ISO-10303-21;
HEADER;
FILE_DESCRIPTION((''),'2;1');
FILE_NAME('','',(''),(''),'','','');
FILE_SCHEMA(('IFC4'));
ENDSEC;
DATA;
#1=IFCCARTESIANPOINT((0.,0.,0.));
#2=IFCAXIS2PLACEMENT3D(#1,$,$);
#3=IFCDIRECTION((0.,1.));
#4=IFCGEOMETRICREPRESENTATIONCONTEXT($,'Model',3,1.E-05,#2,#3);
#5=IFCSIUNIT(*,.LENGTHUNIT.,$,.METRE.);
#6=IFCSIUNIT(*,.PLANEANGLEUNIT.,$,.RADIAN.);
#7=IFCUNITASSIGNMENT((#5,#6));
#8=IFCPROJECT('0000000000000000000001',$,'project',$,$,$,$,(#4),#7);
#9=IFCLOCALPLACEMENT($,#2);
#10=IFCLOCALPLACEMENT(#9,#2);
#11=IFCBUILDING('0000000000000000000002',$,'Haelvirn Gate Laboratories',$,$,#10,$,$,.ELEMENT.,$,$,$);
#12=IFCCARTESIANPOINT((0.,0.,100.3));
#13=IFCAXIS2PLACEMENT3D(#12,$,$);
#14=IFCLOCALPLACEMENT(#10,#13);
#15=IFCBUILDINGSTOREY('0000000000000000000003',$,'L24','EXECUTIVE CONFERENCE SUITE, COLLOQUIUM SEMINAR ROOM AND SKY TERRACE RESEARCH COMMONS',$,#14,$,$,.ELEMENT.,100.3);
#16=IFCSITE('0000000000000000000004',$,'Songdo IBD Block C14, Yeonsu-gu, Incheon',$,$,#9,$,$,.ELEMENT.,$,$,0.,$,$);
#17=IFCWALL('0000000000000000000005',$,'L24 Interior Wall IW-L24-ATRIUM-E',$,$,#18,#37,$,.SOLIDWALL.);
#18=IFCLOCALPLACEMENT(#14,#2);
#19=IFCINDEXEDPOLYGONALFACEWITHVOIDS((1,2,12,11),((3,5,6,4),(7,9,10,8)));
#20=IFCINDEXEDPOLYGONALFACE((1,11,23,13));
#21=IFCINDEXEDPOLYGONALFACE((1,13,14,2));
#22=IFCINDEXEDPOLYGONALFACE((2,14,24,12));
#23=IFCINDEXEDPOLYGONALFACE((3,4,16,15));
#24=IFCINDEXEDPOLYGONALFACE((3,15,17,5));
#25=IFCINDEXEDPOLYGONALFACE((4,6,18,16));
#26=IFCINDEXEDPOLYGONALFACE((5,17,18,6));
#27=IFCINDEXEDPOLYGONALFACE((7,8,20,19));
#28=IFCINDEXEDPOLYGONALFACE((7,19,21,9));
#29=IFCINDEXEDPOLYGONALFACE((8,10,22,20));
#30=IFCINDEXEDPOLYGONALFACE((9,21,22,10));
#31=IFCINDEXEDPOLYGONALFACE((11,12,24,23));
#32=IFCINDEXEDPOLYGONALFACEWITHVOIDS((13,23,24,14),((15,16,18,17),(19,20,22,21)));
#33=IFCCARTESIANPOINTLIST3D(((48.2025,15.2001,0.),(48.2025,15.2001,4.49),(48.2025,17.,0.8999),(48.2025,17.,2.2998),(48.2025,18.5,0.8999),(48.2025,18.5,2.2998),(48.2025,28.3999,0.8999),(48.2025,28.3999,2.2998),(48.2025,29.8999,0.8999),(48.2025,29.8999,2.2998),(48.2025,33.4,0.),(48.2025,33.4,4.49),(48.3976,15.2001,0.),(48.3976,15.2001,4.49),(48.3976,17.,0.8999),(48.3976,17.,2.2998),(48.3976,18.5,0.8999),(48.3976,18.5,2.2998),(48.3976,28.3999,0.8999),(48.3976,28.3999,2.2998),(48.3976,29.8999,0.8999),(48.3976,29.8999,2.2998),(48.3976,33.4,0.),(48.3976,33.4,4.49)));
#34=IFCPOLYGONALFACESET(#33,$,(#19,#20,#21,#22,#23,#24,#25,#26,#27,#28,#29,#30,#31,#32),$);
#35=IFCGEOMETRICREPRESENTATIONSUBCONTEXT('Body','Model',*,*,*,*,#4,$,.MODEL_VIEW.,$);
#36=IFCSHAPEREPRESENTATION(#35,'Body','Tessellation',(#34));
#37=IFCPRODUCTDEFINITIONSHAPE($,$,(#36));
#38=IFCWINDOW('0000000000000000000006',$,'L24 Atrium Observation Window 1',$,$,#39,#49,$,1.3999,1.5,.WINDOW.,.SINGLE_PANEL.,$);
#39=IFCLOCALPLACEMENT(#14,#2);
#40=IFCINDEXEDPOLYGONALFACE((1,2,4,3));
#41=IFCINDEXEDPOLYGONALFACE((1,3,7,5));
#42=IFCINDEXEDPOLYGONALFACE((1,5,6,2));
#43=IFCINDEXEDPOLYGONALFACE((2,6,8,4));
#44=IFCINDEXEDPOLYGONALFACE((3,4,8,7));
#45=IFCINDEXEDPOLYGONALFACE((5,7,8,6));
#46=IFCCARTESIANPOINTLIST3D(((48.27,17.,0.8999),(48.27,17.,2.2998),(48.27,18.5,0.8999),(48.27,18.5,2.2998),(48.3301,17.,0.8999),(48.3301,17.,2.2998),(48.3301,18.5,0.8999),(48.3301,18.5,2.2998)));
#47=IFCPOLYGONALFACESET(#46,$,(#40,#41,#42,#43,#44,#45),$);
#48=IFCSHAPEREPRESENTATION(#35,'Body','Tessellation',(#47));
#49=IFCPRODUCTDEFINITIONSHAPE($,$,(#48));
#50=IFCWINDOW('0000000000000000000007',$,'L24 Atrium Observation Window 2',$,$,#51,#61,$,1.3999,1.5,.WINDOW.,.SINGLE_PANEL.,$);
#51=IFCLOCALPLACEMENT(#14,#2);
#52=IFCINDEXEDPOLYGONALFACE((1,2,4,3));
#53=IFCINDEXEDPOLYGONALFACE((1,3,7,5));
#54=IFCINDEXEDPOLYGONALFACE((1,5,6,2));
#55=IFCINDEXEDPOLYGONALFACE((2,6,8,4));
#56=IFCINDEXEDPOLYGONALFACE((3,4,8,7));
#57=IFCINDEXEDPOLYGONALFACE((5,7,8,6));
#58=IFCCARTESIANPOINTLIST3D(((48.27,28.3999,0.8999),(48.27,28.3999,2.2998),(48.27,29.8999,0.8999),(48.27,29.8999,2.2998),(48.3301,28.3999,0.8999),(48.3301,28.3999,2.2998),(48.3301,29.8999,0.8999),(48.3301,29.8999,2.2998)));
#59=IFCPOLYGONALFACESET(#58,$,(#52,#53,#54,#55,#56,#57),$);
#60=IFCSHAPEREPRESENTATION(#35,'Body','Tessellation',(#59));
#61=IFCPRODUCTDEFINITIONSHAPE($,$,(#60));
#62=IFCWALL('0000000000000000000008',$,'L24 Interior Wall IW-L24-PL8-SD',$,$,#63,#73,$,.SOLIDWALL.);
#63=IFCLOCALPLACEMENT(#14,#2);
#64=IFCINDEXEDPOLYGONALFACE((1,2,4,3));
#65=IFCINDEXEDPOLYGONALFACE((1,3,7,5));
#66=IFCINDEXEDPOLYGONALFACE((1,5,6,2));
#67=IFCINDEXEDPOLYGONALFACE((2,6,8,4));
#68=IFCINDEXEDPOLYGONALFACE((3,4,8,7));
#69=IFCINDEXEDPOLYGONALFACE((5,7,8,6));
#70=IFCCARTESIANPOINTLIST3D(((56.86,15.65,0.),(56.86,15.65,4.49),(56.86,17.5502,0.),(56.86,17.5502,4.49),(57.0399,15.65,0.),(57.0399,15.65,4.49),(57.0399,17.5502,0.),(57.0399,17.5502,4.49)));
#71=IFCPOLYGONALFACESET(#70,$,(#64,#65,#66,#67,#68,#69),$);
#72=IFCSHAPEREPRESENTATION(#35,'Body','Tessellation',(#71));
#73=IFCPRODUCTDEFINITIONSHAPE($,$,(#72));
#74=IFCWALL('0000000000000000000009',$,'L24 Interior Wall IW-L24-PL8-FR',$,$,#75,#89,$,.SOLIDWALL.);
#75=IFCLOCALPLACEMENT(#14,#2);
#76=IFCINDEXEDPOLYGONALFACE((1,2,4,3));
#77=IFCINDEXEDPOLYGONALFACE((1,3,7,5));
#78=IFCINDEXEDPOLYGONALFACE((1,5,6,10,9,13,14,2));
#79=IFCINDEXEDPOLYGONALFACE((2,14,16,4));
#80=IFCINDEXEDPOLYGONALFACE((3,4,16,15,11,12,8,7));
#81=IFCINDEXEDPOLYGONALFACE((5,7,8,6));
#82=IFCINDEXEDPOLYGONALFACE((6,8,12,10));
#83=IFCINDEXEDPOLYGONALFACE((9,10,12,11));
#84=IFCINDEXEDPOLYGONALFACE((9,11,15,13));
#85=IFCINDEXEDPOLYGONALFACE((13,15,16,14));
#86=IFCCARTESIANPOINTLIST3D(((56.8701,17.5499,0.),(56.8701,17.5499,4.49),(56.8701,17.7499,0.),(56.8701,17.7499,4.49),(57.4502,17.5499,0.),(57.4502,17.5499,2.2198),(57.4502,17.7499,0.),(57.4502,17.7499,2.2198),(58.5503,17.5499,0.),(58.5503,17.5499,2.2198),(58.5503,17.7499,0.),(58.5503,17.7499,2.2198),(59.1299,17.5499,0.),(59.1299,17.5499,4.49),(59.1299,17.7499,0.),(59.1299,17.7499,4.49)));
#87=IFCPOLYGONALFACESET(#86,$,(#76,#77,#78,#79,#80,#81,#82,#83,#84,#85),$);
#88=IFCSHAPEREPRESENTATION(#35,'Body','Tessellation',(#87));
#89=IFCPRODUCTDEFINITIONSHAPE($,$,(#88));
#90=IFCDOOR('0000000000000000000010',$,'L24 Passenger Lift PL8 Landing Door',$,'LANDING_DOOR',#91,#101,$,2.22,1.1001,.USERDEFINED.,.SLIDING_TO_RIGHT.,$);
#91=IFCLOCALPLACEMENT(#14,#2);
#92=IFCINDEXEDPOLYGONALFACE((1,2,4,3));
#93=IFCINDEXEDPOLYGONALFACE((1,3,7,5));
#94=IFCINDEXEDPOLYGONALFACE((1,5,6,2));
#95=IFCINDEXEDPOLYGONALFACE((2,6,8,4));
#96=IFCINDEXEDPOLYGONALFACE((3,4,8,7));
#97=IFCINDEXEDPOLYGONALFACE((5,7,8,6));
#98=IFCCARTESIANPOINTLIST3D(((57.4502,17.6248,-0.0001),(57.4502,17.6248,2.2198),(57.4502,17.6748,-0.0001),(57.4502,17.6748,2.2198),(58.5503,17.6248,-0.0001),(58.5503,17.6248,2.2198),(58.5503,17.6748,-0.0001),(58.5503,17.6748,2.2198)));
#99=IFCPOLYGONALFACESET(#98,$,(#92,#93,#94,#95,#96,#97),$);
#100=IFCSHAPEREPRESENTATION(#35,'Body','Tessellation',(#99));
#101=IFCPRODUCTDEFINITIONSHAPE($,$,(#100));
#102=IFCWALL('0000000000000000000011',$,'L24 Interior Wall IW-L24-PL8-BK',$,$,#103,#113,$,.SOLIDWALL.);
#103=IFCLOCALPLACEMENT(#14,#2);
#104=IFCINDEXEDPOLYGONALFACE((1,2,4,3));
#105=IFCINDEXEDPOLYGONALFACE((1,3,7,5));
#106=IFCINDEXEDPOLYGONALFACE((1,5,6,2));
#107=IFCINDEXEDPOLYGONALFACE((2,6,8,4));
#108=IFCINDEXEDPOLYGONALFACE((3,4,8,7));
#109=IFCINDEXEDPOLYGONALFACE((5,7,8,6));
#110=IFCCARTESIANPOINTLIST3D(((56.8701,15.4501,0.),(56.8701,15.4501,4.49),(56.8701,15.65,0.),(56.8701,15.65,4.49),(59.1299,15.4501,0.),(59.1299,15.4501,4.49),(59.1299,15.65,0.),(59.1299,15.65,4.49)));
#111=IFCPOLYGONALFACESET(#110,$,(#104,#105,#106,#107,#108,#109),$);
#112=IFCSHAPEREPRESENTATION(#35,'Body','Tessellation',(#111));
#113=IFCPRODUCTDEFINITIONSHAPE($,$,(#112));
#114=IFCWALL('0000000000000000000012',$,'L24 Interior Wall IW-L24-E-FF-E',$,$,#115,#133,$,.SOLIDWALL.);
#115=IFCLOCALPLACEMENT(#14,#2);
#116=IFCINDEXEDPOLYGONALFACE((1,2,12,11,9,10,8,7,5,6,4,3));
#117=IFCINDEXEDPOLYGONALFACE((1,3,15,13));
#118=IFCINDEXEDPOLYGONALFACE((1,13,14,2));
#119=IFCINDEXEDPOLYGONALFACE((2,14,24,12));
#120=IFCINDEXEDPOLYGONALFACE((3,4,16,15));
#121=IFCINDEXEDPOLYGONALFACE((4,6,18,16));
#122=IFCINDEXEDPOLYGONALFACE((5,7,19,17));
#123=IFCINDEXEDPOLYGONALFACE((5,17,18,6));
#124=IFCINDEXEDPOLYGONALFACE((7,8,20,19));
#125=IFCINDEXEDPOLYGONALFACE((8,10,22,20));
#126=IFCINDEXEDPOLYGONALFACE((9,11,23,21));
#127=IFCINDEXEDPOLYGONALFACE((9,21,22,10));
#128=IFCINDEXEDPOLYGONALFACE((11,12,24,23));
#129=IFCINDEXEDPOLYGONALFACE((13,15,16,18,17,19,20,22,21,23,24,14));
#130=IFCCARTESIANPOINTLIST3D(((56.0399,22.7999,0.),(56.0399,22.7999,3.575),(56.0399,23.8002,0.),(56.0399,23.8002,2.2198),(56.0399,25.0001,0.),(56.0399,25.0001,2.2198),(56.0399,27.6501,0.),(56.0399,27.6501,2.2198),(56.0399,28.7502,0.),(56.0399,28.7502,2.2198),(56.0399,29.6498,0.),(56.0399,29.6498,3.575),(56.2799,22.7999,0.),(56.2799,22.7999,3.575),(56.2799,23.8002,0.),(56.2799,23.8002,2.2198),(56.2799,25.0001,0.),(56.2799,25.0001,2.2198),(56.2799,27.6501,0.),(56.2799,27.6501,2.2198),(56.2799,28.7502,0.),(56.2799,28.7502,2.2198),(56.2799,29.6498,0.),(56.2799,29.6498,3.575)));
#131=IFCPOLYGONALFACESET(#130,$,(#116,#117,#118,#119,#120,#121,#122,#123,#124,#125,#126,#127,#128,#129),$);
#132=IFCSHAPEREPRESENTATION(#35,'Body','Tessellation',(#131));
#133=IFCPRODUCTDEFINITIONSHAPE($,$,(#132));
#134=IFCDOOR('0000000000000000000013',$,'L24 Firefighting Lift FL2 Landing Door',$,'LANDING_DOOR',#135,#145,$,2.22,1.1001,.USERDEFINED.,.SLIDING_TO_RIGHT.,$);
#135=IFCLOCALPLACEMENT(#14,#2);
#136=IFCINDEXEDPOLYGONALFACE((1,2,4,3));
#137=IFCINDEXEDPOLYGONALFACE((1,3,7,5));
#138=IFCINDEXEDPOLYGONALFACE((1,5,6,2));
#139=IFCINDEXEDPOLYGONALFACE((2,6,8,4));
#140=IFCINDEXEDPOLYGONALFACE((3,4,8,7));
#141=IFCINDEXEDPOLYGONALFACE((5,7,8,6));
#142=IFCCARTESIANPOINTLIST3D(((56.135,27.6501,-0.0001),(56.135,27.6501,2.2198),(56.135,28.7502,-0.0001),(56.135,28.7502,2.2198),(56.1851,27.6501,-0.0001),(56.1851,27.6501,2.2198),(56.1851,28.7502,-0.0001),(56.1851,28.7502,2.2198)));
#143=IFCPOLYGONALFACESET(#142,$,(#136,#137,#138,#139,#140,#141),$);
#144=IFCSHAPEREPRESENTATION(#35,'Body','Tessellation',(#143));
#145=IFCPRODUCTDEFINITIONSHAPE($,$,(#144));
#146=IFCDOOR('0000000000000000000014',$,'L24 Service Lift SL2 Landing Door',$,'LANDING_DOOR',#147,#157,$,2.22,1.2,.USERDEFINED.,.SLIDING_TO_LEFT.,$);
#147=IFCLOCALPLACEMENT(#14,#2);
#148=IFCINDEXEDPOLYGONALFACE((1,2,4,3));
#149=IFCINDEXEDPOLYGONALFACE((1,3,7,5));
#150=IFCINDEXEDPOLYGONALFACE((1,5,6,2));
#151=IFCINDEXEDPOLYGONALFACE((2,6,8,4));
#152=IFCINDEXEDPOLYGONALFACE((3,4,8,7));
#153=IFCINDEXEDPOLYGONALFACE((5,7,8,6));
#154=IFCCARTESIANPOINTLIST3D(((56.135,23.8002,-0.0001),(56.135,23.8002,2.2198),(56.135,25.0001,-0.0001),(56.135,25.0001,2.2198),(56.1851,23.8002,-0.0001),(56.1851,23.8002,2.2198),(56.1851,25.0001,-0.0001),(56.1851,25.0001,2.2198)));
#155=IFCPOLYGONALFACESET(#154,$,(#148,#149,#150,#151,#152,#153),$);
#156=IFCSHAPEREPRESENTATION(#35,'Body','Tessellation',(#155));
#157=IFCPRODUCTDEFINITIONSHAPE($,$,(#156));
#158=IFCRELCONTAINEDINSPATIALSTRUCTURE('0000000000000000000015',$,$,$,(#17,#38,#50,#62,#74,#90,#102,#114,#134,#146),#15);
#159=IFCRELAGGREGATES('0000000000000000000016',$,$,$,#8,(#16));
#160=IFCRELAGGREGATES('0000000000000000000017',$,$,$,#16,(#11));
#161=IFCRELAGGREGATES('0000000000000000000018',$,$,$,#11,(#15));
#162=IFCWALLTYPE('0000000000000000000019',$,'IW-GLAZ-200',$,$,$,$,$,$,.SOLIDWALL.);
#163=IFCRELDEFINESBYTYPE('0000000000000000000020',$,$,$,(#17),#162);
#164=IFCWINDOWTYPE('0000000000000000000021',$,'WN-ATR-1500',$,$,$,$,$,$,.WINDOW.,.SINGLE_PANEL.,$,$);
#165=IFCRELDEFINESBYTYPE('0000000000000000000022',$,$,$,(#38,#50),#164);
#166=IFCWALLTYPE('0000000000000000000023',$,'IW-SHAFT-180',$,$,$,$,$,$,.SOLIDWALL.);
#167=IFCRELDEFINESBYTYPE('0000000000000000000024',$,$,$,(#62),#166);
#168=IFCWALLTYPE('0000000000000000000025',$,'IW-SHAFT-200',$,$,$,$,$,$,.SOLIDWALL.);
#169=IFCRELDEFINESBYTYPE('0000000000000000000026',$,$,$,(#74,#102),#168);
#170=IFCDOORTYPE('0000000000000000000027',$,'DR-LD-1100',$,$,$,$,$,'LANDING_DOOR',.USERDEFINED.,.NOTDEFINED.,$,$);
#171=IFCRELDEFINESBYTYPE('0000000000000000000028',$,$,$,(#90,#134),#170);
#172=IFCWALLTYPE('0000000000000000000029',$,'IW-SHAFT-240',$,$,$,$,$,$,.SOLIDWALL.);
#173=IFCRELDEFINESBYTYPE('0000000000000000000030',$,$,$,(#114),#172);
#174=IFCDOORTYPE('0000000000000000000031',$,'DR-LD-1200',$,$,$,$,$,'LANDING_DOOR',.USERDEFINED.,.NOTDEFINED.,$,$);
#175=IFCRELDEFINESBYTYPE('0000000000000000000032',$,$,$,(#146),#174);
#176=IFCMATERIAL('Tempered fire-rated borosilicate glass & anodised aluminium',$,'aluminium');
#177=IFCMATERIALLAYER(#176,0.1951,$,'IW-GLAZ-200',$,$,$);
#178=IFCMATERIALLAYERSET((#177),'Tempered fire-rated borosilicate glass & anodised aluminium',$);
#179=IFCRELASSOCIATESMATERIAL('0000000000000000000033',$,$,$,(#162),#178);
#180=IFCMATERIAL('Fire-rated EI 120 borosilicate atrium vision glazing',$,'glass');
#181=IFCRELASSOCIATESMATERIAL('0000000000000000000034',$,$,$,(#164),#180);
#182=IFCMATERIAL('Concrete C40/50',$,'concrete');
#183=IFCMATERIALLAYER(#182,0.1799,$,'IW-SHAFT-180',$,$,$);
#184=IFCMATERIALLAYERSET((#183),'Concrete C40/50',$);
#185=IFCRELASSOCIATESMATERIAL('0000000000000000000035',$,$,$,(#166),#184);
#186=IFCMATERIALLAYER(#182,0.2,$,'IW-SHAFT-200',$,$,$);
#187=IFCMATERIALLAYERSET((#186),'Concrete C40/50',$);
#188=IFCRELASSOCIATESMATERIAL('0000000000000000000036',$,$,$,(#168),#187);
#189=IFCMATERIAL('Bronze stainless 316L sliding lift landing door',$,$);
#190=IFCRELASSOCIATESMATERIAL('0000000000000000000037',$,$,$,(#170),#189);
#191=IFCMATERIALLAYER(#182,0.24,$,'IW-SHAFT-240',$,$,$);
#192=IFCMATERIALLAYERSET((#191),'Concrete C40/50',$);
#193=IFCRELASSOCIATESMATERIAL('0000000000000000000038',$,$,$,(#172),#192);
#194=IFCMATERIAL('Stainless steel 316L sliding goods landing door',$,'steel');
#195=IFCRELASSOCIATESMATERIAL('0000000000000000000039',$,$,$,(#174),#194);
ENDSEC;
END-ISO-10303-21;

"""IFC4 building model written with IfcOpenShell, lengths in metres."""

from ifc_helpers import new_model, si_unit, direction, frame, frame_2d, origin, place, context, subcontext, project, spatial, rectangle, extrude, source, transform, mapped, material, layer, layer_set, type_object, type_shapes, element, fill, save


model = new_model("IFC4")

# Units and contexts
model_context = context("Model", 3, precision=1e-05, world=origin(), true_north=direction((0.0, 1.0)))
body_context = subcontext(model_context, "Body", "Model", "MODEL_VIEW")
ifc_project = project(units=[si_unit("LENGTHUNIT", "METRE"), si_unit("PLANEANGLEUNIT", "RADIAN")], contexts=[model_context])

# Site, building, storey
site_placement = place(None, origin())
site = spatial("IfcSite", under=ifc_project, at=site_placement, Name="Songdo IBD Block C14, Yeonsu-gu, Incheon", CompositionType="ELEMENT", RefElevation=0.0)
building_placement = place(site_placement, origin())
building = spatial("IfcBuilding", under=site, at=building_placement, Name="Haelvirn Gate Laboratories", CompositionType="ELEMENT")
storey_placement = place(building_placement, frame((0.0, 0.0, 100.3)))
storey = spatial("IfcBuildingStorey", under=building, at=storey_placement, Name="L24", Description="EXECUTIVE CONFERENCE SUITE, COLLOQUIUM SEMINAR ROOM AND SKY TERRACE RESEARCH COMMONS", CompositionType="ELEMENT", Elevation=100.3)

# Wall, openings, windows
ifc_material_1 = material(Name="Tempered fire-rated borosilicate glass & anodised aluminium", Category="aluminium")
ifc_layer_1 = layer(ifc_material_1, 0.1951, Name="IW-GLAZ-200")
ifc_layer_set_1 = layer_set([ifc_layer_1], Name="Tempered fire-rated borosilicate glass & anodised aluminium")
wall_type_1 = type_object("IfcWallType", Name="IW-GLAZ-200", PredefinedType="SOLIDWALL", material=ifc_layer_set_1)
wall_1_placement = place(storey_placement, frame((48.3, 15.2, 0.0), z_axis=(0.0, 0.0, 1.0), x_axis=(0.0, 1.0, 0.0)))
wall_1 = element("IfcWall", 1, at=wall_1_placement, inside=storey, type_object=wall_type_1, Name="L24 Interior Wall IW-L24-ATRIUM-E", PredefinedType="SOLIDWALL", context=body_context, shape_type="SweptSolid", body=[
    extrude(rectangle(XDim=18.2, YDim=0.1951, at=frame_2d((9.1001, 0.0))), origin(), (0.0, 0.0, 1.0), 4.49),
])
opening_1_placement = place(wall_1_placement, frame((1.8, 0.0, 0.8999)))
opening_1 = element("IfcOpeningElement", 2, at=opening_1_placement, cuts=wall_1, PredefinedType="OPENING", context=body_context, shape_type="SweptSolid", body=[
    extrude(rectangle(XDim=1.5, YDim=1.3999, at=frame_2d((0.75, 0.7))), frame((0.0, 0.1074, 0.0), z_axis=(0.0, -1.0, 0.0), x_axis=(1.0, 0.0, 0.0)), (0.0, 0.0, 1.0), 0.2151),
])
opening_2_placement = place(wall_1_placement, frame((13.2, 0.0, 0.8999)))
opening_2 = element("IfcOpeningElement", 3, at=opening_2_placement, cuts=wall_1, PredefinedType="OPENING", context=body_context, shape_type="SweptSolid", body=[
    extrude(rectangle(XDim=1.5, YDim=1.3999, at=frame_2d((0.75, 0.7))), frame((0.0, 0.1074, 0.0), z_axis=(0.0, -1.0, 0.0), x_axis=(1.0, 0.0, 0.0)), (0.0, 0.0, 1.0), 0.2151),
])
ifc_material_2 = material(Name="Fire-rated EI 120 borosilicate atrium vision glazing", Category="glass")
window_type = type_object("IfcWindowType", Name="WN-ATR-1500", PartitioningType="SINGLE_PANEL", PredefinedType="WINDOW", material=ifc_material_2)
shared_shape_1 = source(origin(), body_context, "Body", "SweptSolid", [
    extrude(rectangle(XDim=1.5, YDim=1.3999, at=frame_2d((0.75, 0.7))), frame((0.0, 0.03, 0.0), z_axis=(0.0, -1.0, 0.0), x_axis=(1.0, 0.0, 0.0)), (0.0, 0.0, 1.0), 0.0601),
])
type_shapes(window_type, [shared_shape_1])
window_1_placement = place(opening_1_placement, origin())
window_1 = element("IfcWindow", 4, at=window_1_placement, inside=storey, type_object=window_type, Name="L24 Atrium Observation Window 1", OverallHeight=1.3999, OverallWidth=1.5, PartitioningType="SINGLE_PANEL", PredefinedType="WINDOW", context=body_context, shape_type="MappedRepresentation", body=[
    mapped(shared_shape_1, transform((0.0, 0.0, 0.0), scale=1.0)),
])
fill(opening_1, window_1)
window_2_placement = place(opening_2_placement, origin())
window_2 = element("IfcWindow", 5, at=window_2_placement, inside=storey, type_object=window_type, Name="L24 Atrium Observation Window 2", OverallHeight=1.3999, OverallWidth=1.5, PartitioningType="SINGLE_PANEL", PredefinedType="WINDOW", context=body_context, shape_type="MappedRepresentation", body=[
    mapped(shared_shape_1, transform((0.0, 0.0, 0.0), scale=1.0)),
])
fill(opening_2, window_2)

# Wall
ifc_material_3 = material(Name="Concrete C40/50", Category="concrete")
ifc_layer_2 = layer(ifc_material_3, 0.1799, Name="IW-SHAFT-180")
ifc_layer_set_2 = layer_set([ifc_layer_2], Name="Concrete C40/50")
wall_type_2 = type_object("IfcWallType", Name="IW-SHAFT-180", PredefinedType="SOLIDWALL", material=ifc_layer_set_2)
wall_2_placement = place(storey_placement, frame((56.95, 15.6499, 0.0), z_axis=(0.0, 0.0, 1.0), x_axis=(0.0, 1.0, 0.0)))
element("IfcWall", 6, at=wall_2_placement, inside=storey, type_object=wall_type_2, Name="L24 Interior Wall IW-L24-PL8-SD", PredefinedType="SOLIDWALL", context=body_context, shape_type="SweptSolid", body=[
    extrude(rectangle(XDim=1.9001, YDim=0.1799, at=frame_2d((0.9502, 0.0))), origin(), (0.0, 0.0, 1.0), 4.49),
])

# Wall, opening, door
ifc_layer_3 = layer(ifc_material_3, 0.2, Name="IW-SHAFT-200")
ifc_layer_set_3 = layer_set([ifc_layer_3], Name="Concrete C40/50")
wall_type_3 = type_object("IfcWallType", Name="IW-SHAFT-200", PredefinedType="SOLIDWALL", material=ifc_layer_set_3)
wall_3_placement = place(storey_placement, frame((56.8701, 17.6499, 0.0), z_axis=(0.0, 0.0, 1.0), x_axis=(1.0, 0.0, 0.0)))
wall_3 = element("IfcWall", 7, at=wall_3_placement, inside=storey, type_object=wall_type_3, Name="L24 Interior Wall IW-L24-PL8-FR", PredefinedType="SOLIDWALL", context=body_context, shape_type="SweptSolid", body=[
    extrude(rectangle(XDim=2.2598, YDim=0.2, at=frame_2d((1.1299, 0.0))), origin(), (0.0, 0.0, 1.0), 4.49),
])
opening_3_placement = place(wall_3_placement, frame((0.5801, 0.0, 0.0)))
opening_3 = element("IfcOpeningElement", 8, at=opening_3_placement, cuts=wall_3, PredefinedType="OPENING", context=body_context, shape_type="SweptSolid", body=[
    extrude(rectangle(XDim=1.1001, YDim=2.22, at=frame_2d((0.55, 1.1099))), frame((0.0, 0.1099, 0.0), z_axis=(0.0, -1.0, 0.0), x_axis=(1.0, 0.0, 0.0)), (0.0, 0.0, 1.0), 0.22),
])
ifc_material_4 = material(Name="Bronze stainless 316L sliding lift landing door")
door_type_1 = type_object("IfcDoorType", Name="DR-LD-1100", ElementType="LANDING_DOOR", OperationType="NOTDEFINED", PredefinedType="USERDEFINED", material=ifc_material_4)
shared_shape_2 = source(origin(), body_context, "Body", "SweptSolid", [
    extrude(rectangle(XDim=1.1001, YDim=2.22, at=frame_2d((0.55, 1.1099))), frame((0.0, 0.0249, 0.0), z_axis=(0.0, -1.0, 0.0), x_axis=(1.0, 0.0, 0.0)), (0.0, 0.0, 1.0), 0.05),
])
type_shapes(door_type_1, [shared_shape_2])
door_1_placement = place(opening_3_placement, origin())
door_1 = element("IfcDoor", 9, at=door_1_placement, inside=storey, type_object=door_type_1, Name="L24 Passenger Lift PL8 Landing Door", ObjectType="LANDING_DOOR", OperationType="SLIDING_TO_RIGHT", OverallHeight=2.22, OverallWidth=1.1001, PredefinedType="USERDEFINED", context=body_context, shape_type="MappedRepresentation", body=[
    mapped(shared_shape_2, transform((0.0, 0.0, 0.0), scale=1.0)),
])
fill(opening_3, door_1)

# Wall
wall_4_placement = place(storey_placement, frame((56.8701, 15.55, 0.0), z_axis=(0.0, 0.0, 1.0), x_axis=(1.0, 0.0, 0.0)))
element("IfcWall", 10, at=wall_4_placement, inside=storey, type_object=wall_type_3, Name="L24 Interior Wall IW-L24-PL8-BK", PredefinedType="SOLIDWALL", context=body_context, shape_type="SweptSolid", body=[
    extrude(rectangle(XDim=2.2598, YDim=0.2, at=frame_2d((1.1299, 0.0))), origin(), (0.0, 0.0, 1.0), 4.49),
])

# Wall, openings, doors
ifc_layer_4 = layer(ifc_material_3, 0.24, Name="IW-SHAFT-240")
ifc_layer_set_4 = layer_set([ifc_layer_4], Name="Concrete C40/50")
wall_type_4 = type_object("IfcWallType", Name="IW-SHAFT-240", PredefinedType="SOLIDWALL", material=ifc_layer_set_4)
wall_5_placement = place(storey_placement, frame((56.1599, 22.8, 0.0), z_axis=(0.0, 0.0, 1.0), x_axis=(0.0, 1.0, 0.0)))
wall_5 = element("IfcWall", 11, at=wall_5_placement, inside=storey, type_object=wall_type_4, Name="L24 Interior Wall IW-L24-E-FF-E", PredefinedType="SOLIDWALL", context=body_context, shape_type="SweptSolid", body=[
    extrude(rectangle(XDim=6.8499, YDim=0.24, at=frame_2d((3.4248, 0.0))), origin(), (0.0, 0.0, 1.0), 3.575),
])
opening_4_placement = place(wall_5_placement, frame((4.8501, 0.0, 0.0)))
opening_4 = element("IfcOpeningElement", 12, at=opening_4_placement, cuts=wall_5, PredefinedType="OPENING", context=body_context, shape_type="SweptSolid", body=[
    extrude(rectangle(XDim=1.1001, YDim=2.22, at=frame_2d((0.55, 1.1099))), frame((0.0, 0.1299, 0.0), z_axis=(0.0, -1.0, 0.0), x_axis=(1.0, 0.0, 0.0)), (0.0, 0.0, 1.0), 0.26),
])
opening_5_placement = place(wall_5_placement, frame((1.0, 0.0, 0.0)))
opening_5 = element("IfcOpeningElement", 13, at=opening_5_placement, cuts=wall_5, PredefinedType="OPENING", context=body_context, shape_type="SweptSolid", body=[
    extrude(rectangle(XDim=1.2, YDim=2.22, at=frame_2d((0.6001, 1.1099))), frame((0.0, 0.1299, 0.0), z_axis=(0.0, -1.0, 0.0), x_axis=(1.0, 0.0, 0.0)), (0.0, 0.0, 1.0), 0.26),
])
door_2_placement = place(opening_4_placement, origin())
door_2 = element("IfcDoor", 14, at=door_2_placement, inside=storey, type_object=door_type_1, Name="L24 Firefighting Lift FL2 Landing Door", ObjectType="LANDING_DOOR", OperationType="SLIDING_TO_RIGHT", OverallHeight=2.22, OverallWidth=1.1001, PredefinedType="USERDEFINED", context=body_context, shape_type="MappedRepresentation", body=[
    mapped(shared_shape_2, transform((0.0, 0.0, 0.0), scale=1.0)),
])
fill(opening_4, door_2)
ifc_material_5 = material(Name="Stainless steel 316L sliding goods landing door", Category="steel")
door_type_2 = type_object("IfcDoorType", Name="DR-LD-1200", ElementType="LANDING_DOOR", OperationType="NOTDEFINED", PredefinedType="USERDEFINED", material=ifc_material_5)
shared_shape_3 = source(origin(), body_context, "Body", "SweptSolid", [
    extrude(rectangle(XDim=1.2, YDim=2.22, at=frame_2d((0.6001, 1.1099))), frame((0.0, 0.0249, 0.0), z_axis=(0.0, -1.0, 0.0), x_axis=(1.0, 0.0, 0.0)), (0.0, 0.0, 1.0), 0.05),
])
type_shapes(door_type_2, [shared_shape_3])
door_3_placement = place(opening_5_placement, origin())
door_3 = element("IfcDoor", 15, at=door_3_placement, inside=storey, type_object=door_type_2, Name="L24 Service Lift SL2 Landing Door", ObjectType="LANDING_DOOR", OperationType="SLIDING_TO_LEFT", OverallHeight=2.22, OverallWidth=1.2, PredefinedType="USERDEFINED", context=body_context, shape_type="MappedRepresentation", body=[
    mapped(shared_shape_3, transform((0.0, 0.0, 0.0), scale=1.0)),
])
fill(opening_5, door_3)

save(model, "model.ifc")
